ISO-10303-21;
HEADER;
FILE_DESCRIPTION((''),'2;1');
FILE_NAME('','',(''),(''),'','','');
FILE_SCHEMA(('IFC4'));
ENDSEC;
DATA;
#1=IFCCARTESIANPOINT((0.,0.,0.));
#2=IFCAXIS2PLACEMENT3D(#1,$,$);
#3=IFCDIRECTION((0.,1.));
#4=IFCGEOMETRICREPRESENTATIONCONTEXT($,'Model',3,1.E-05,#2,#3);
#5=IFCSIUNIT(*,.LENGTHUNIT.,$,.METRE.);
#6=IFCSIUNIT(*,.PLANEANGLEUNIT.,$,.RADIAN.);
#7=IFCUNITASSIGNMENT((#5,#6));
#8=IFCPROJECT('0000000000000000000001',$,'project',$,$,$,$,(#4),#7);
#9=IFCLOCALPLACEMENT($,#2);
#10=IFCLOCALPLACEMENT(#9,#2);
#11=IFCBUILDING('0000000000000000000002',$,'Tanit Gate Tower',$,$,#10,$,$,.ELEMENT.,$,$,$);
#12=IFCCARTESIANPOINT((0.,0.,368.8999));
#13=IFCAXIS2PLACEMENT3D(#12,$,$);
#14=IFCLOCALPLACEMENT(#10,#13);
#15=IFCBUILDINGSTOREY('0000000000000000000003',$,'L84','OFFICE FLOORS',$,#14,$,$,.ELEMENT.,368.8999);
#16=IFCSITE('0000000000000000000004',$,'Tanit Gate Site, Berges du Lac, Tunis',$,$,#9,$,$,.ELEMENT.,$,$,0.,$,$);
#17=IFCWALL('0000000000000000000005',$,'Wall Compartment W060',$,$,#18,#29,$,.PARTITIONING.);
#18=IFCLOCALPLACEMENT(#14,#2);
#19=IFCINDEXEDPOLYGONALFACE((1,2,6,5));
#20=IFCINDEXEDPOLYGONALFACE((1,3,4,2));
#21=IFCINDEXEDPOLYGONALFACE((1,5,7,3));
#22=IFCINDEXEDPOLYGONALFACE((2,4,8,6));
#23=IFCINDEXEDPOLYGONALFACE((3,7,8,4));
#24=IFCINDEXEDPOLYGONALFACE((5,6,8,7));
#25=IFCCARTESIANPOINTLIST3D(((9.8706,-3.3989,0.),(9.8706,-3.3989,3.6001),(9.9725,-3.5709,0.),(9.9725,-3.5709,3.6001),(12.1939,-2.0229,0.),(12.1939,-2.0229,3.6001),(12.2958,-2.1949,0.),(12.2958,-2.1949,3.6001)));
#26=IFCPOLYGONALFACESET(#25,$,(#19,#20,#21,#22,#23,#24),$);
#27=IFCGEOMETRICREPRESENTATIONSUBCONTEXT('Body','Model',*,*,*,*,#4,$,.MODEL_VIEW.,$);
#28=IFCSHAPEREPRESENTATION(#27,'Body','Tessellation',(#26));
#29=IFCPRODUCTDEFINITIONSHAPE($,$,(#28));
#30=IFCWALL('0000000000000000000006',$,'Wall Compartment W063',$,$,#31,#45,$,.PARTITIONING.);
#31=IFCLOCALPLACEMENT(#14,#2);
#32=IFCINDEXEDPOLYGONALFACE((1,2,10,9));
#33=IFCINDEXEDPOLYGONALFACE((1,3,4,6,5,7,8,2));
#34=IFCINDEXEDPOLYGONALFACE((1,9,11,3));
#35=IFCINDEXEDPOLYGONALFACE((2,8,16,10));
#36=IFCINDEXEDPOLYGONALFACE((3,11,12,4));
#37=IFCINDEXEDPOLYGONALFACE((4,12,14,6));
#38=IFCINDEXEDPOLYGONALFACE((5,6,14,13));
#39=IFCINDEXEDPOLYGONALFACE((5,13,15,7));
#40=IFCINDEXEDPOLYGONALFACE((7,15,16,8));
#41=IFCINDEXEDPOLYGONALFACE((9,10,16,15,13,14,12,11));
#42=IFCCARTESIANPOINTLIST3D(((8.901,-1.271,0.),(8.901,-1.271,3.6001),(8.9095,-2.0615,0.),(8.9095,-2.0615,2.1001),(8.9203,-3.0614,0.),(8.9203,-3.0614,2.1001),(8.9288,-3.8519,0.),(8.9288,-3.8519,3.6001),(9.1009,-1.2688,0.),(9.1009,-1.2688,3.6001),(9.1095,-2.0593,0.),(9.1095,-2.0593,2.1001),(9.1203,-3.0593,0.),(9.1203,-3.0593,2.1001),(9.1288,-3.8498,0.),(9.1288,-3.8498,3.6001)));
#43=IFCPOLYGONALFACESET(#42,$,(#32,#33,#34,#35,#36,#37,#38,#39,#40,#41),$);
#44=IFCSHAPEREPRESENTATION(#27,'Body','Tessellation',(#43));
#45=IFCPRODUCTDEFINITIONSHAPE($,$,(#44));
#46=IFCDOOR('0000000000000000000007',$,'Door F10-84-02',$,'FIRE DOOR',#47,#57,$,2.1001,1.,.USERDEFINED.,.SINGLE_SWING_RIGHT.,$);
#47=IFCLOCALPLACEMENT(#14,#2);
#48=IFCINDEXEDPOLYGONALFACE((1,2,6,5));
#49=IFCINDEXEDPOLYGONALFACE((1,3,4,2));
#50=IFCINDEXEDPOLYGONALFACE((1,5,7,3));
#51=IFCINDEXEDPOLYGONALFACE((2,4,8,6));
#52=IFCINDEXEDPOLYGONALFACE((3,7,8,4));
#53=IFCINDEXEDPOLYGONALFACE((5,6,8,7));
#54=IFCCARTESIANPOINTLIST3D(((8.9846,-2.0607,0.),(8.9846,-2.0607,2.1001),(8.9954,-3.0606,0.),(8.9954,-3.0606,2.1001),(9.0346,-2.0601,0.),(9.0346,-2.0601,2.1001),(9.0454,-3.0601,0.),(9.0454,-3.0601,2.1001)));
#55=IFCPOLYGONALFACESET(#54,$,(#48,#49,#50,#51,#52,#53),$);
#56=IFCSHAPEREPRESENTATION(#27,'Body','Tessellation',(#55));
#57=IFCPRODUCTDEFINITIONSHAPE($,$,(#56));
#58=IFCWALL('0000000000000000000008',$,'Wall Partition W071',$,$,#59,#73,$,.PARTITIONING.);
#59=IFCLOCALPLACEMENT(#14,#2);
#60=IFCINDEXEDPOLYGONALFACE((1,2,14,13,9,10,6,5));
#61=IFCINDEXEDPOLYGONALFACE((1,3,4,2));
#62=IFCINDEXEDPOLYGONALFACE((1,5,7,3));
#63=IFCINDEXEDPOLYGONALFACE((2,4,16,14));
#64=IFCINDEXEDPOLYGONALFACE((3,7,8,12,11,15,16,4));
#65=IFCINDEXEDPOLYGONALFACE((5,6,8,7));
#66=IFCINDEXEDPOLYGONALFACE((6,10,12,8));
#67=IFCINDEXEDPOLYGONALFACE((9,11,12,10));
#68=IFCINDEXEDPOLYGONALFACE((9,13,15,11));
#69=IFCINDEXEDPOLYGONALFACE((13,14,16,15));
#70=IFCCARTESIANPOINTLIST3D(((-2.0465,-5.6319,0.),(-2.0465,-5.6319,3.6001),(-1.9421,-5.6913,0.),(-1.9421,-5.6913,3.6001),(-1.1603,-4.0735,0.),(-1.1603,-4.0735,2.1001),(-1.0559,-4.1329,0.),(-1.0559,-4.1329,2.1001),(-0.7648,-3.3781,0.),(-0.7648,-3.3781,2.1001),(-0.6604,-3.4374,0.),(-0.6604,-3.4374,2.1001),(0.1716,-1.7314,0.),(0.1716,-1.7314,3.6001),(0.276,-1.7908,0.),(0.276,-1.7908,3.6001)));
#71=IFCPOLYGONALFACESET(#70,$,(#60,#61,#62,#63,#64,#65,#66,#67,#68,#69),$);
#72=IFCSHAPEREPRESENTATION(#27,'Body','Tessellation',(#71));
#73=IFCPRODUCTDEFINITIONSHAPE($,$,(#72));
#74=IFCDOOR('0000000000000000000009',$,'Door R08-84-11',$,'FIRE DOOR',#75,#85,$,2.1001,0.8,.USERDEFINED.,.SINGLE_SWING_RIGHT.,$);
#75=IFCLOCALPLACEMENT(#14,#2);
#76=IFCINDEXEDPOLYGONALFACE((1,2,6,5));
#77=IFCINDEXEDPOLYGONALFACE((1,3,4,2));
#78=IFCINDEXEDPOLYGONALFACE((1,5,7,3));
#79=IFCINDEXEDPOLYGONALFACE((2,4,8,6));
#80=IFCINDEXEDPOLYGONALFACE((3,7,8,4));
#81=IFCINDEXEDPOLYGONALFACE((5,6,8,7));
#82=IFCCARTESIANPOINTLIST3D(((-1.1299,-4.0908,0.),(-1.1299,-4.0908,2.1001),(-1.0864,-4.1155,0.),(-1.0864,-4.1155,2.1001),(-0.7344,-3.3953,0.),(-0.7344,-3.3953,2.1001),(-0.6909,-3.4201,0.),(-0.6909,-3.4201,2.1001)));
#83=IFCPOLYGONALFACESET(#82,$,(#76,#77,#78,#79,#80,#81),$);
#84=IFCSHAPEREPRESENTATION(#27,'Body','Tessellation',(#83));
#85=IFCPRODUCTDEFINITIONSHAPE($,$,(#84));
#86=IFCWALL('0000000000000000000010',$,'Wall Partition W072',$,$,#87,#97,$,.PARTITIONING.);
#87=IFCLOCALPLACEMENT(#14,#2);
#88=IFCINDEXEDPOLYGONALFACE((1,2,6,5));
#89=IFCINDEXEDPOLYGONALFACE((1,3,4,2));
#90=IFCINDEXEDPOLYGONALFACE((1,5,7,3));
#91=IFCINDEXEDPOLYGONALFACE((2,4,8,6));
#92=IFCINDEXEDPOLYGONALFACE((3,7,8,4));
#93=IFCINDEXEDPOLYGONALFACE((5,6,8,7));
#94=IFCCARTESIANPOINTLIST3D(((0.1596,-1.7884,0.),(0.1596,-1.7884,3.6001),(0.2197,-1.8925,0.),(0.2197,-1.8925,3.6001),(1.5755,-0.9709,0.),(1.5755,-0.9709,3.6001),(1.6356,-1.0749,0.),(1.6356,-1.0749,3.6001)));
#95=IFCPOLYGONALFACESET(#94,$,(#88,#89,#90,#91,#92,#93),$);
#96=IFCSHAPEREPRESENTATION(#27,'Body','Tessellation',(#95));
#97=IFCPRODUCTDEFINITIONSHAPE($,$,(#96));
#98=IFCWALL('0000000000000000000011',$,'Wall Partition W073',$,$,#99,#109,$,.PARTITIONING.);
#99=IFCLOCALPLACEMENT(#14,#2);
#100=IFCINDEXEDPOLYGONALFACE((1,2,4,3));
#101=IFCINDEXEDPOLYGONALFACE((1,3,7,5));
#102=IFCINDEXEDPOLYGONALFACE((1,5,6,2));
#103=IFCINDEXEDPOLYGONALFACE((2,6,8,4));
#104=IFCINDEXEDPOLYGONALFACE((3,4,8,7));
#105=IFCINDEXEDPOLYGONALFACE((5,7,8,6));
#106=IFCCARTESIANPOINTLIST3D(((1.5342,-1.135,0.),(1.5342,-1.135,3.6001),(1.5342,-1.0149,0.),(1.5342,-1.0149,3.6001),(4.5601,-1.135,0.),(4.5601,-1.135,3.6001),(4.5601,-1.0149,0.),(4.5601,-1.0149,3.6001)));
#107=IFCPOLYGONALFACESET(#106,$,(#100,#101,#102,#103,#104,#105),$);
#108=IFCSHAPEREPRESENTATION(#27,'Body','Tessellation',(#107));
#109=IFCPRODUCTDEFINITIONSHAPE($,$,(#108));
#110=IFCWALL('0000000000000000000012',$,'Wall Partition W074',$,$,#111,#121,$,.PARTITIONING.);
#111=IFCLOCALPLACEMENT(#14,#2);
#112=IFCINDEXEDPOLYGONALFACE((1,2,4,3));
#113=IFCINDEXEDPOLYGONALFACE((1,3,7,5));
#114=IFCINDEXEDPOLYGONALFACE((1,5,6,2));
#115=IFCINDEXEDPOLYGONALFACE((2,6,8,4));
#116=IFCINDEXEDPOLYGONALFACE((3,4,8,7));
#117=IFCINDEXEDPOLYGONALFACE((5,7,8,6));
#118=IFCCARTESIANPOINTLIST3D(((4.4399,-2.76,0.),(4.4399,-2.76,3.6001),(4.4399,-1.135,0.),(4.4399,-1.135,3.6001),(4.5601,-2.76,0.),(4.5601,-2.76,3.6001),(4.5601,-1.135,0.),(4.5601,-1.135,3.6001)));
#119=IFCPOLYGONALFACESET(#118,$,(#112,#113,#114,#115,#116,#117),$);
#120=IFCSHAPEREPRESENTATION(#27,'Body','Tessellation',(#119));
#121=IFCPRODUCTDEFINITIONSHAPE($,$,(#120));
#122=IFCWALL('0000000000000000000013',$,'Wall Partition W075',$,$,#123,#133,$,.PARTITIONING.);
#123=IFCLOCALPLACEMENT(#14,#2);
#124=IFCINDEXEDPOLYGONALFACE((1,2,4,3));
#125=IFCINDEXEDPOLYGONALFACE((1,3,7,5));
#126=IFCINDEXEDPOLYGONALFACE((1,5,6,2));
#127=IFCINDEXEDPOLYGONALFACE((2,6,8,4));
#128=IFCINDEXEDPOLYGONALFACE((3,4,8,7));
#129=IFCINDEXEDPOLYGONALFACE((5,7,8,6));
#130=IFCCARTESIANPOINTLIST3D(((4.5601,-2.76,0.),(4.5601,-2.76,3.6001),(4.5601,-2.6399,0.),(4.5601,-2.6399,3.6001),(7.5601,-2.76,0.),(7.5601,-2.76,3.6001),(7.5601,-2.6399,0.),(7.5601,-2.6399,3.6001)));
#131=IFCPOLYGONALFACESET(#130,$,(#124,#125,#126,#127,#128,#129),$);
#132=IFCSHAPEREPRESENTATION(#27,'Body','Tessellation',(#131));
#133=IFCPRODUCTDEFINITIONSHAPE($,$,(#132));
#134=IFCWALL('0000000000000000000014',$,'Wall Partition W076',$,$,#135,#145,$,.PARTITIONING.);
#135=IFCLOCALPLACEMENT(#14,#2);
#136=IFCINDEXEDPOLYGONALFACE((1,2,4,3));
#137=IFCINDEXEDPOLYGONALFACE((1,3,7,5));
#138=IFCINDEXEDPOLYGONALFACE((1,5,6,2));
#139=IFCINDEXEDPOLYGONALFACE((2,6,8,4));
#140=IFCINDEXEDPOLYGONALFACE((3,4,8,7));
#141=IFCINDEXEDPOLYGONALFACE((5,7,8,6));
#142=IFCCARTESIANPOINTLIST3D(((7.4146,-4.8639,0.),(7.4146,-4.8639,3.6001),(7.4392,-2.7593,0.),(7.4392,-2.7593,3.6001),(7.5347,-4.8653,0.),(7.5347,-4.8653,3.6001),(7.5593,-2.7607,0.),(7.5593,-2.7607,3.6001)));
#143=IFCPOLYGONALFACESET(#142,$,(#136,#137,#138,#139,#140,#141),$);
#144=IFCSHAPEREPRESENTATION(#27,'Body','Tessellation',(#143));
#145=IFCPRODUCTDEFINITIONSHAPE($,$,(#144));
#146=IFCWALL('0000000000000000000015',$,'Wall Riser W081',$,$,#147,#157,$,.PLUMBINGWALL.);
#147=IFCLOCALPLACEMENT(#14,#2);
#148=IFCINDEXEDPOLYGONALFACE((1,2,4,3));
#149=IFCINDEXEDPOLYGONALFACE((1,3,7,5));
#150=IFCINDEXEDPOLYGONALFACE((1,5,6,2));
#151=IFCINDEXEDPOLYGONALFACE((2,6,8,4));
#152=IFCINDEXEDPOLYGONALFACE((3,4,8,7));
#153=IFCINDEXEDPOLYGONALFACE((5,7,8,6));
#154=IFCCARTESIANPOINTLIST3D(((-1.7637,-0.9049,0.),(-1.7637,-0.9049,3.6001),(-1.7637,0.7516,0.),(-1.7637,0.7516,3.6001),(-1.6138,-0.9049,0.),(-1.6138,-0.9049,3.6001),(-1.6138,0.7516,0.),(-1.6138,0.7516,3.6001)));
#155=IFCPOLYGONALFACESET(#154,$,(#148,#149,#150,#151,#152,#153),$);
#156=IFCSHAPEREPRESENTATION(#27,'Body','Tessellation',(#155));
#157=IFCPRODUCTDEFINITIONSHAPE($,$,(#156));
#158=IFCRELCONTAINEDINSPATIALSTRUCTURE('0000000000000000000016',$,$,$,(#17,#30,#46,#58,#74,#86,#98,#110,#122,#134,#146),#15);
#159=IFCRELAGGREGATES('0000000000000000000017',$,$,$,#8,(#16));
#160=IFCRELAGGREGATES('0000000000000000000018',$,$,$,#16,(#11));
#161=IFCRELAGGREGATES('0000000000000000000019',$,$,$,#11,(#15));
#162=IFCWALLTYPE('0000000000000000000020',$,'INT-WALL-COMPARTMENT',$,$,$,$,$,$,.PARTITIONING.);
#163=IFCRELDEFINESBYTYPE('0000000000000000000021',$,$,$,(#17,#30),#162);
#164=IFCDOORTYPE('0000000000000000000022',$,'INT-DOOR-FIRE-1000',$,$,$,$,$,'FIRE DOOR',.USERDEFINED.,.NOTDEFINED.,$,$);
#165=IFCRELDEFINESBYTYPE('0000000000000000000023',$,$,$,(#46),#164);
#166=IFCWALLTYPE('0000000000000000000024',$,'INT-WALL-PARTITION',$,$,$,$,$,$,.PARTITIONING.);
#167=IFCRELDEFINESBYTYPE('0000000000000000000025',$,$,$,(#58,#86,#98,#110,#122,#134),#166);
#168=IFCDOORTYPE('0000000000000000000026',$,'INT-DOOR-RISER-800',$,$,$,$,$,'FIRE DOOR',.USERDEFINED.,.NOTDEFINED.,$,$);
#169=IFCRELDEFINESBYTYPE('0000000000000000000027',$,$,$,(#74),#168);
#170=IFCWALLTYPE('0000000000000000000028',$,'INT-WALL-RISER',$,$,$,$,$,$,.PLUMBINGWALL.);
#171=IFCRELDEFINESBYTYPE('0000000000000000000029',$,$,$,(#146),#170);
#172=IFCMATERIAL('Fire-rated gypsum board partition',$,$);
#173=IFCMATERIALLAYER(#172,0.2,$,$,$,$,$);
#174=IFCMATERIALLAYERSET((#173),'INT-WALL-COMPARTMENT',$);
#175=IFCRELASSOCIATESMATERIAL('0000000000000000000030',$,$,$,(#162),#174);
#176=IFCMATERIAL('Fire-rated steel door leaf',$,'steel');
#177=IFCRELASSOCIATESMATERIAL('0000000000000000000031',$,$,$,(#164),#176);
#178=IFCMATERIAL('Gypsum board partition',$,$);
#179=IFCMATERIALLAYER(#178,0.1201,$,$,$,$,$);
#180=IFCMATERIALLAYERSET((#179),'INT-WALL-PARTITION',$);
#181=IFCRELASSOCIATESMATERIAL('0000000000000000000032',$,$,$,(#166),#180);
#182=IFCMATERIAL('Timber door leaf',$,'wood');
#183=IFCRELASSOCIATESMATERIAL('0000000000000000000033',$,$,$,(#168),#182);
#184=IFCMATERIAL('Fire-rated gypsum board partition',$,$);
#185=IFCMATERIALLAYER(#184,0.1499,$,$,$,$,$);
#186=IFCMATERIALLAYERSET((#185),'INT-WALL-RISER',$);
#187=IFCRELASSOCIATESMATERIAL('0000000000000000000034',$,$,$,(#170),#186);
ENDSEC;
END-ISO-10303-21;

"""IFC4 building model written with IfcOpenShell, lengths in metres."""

from ifc_helpers import new_model, si_unit, direction, frame, frame_2d, origin, place, context, subcontext, project, spatial, rectangle, extrude, material, layer, layer_set, type_object, element, fill, save


model = new_model("IFC4")

# Units and contexts
model_context = context("Model", 3, precision=1e-05, world=origin(), true_north=direction((0.0, 1.0)))
body_context = subcontext(model_context, "Body", "Model", "MODEL_VIEW")
ifc_project = project(units=[si_unit("LENGTHUNIT", "METRE"), si_unit("PLANEANGLEUNIT", "RADIAN")], contexts=[model_context])

# Site, building, storey
site_placement = place(None, origin())
site = spatial("IfcSite", under=ifc_project, at=site_placement, Name="Tanit Gate Site, Berges du Lac, Tunis", CompositionType="ELEMENT", RefElevation=0.0)
building_placement = place(site_placement, origin())
building = spatial("IfcBuilding", under=site, at=building_placement, Name="Tanit Gate Tower", CompositionType="ELEMENT")
storey_placement = place(building_placement, frame((0.0, 0.0, 368.8999)))
storey = spatial("IfcBuildingStorey", under=building, at=storey_placement, Name="L84", Description="OFFICE FLOORS", CompositionType="ELEMENT", Elevation=368.8999)

# Wall
ifc_material_1 = material(Name="Fire-rated gypsum board partition")
ifc_layer_1 = layer(ifc_material_1, 0.2)
ifc_layer_set_1 = layer_set([ifc_layer_1], Name="INT-WALL-COMPARTMENT")
wall_type_1 = type_object("IfcWallType", Name="INT-WALL-COMPARTMENT", PredefinedType="PARTITIONING", material=ifc_layer_set_1)
wall_1_placement = place(storey_placement, frame((12.2449, -2.1089, 0.0), z_axis=(0.0, 0.0, 1.0), x_axis=(-0.860415, -0.509594, 0.0)))
element("IfcWall", 1, at=wall_1_placement, inside=storey, type_object=wall_type_1, Name="Wall Compartment W060", PredefinedType="PARTITIONING", context=body_context, shape_type="SweptSolid", body=[
    extrude(rectangle(XDim=2.7002, YDim=0.2, at=frame_2d((1.3501, 0.0))), origin(), (0.0, 0.0, 1.0), 3.6001),
])

# Walls, openings, doors
wall_2_placement = place(storey_placement, frame((9.0288, -3.8508, 0.0), z_axis=(0.0, 0.0, 1.0), x_axis=(-0.010784, 0.999942, 0.0)))
wall_2 = element("IfcWall", 2, at=wall_2_placement, inside=storey, type_object=wall_type_1, Name="Wall Compartment W063", PredefinedType="PARTITIONING", context=body_context, shape_type="SweptSolid", body=[
    extrude(rectangle(XDim=2.5811, YDim=0.2, at=frame_2d((1.2905, 0.0))), origin(), (0.0, 0.0, 1.0), 3.6001),
])
opening_1_placement = place(wall_2_placement, frame((0.7905, 0.0, 0.0)))
opening_1 = element("IfcOpeningElement", 3, at=opening_1_placement, cuts=wall_2, PredefinedType="OPENING", context=body_context, shape_type="SweptSolid", body=[
    extrude(rectangle(XDim=1.0, YDim=2.1001, at=frame_2d((0.5, 1.05))), frame((0.0, 0.1099, 0.0), z_axis=(0.0, -1.0, 0.0), x_axis=(1.0, 0.0, 0.0)), (0.0, 0.0, 1.0), 0.22),
])
ifc_material_2 = material(Name="Fire-rated steel door leaf", Category="steel")
door_type_1 = type_object("IfcDoorType", Name="INT-DOOR-FIRE-1000", ElementType="FIRE DOOR", OperationType="NOTDEFINED", PredefinedType="USERDEFINED", material=ifc_material_2)
door_1_placement = place(opening_1_placement, origin())
door_1 = element("IfcDoor", 4, at=door_1_placement, inside=storey, type_object=door_type_1, Name="Door F10-84-02", ObjectType="FIRE DOOR", OperationType="SINGLE_SWING_RIGHT", OverallHeight=2.1001, OverallWidth=1.0, PredefinedType="USERDEFINED", context=body_context, shape_type="SweptSolid", body=[
    extrude(rectangle(XDim=1.0, YDim=2.1001, at=frame_2d((0.5, 1.05))), frame((0.0, 0.0249, 0.0), z_axis=(0.0, -1.0, 0.0), x_axis=(1.0, 0.0, 0.0)), (0.0, 0.0, 1.0), 0.05),
])
fill(opening_1, door_1)
ifc_material_3 = material(Name="Gypsum board partition")
ifc_layer_2 = layer(ifc_material_3, 0.1201)
ifc_layer_set_2 = layer_set([ifc_layer_2], Name="INT-WALL-PARTITION")
wall_type_2 = type_object("IfcWallType", Name="INT-WALL-PARTITION", PredefinedType="PARTITIONING", material=ifc_layer_set_2)
wall_3_placement = place(storey_placement, frame((0.2239, -1.761, 0.0), z_axis=(0.0, 0.0, 1.0), x_axis=(-0.494327, -0.869276, 0.0)))
wall_3 = element("IfcWall", 5, at=wall_3_placement, inside=storey, type_object=wall_type_2, Name="Wall Partition W071", PredefinedType="PARTITIONING", context=body_context, shape_type="SweptSolid", body=[
    extrude(rectangle(XDim=4.4871, YDim=0.1201, at=frame_2d((2.2437, 0.0))), origin(), (0.0, 0.0, 1.0), 3.6001),
])
opening_2_placement = place(wall_3_placement, frame((1.8945, 0.0, 0.0)))
opening_2 = element("IfcOpeningElement", 6, at=opening_2_placement, cuts=wall_3, PredefinedType="OPENING", context=body_context, shape_type="SweptSolid", body=[
    extrude(rectangle(XDim=0.8, YDim=2.1001, at=frame_2d((0.3999, 1.05))), frame((0.0, 0.0701, 0.0), z_axis=(0.0, -1.0, 0.0), x_axis=(1.0, 0.0, 0.0)), (0.0, 0.0, 1.0), 0.1401),
])
ifc_material_4 = material(Name="Timber door leaf", Category="wood")
door_type_2 = type_object("IfcDoorType", Name="INT-DOOR-RISER-800", ElementType="FIRE DOOR", OperationType="NOTDEFINED", PredefinedType="USERDEFINED", material=ifc_material_4)
door_2_placement = place(opening_2_placement, origin())
door_2 = element("IfcDoor", 7, at=door_2_placement, inside=storey, type_object=door_type_2, Name="Door R08-84-11", ObjectType="FIRE DOOR", OperationType="SINGLE_SWING_RIGHT", OverallHeight=2.1001, OverallWidth=0.8, PredefinedType="USERDEFINED", context=body_context, shape_type="SweptSolid", body=[
    extrude(rectangle(XDim=0.8, YDim=2.1001, at=frame_2d((0.3999, 1.05))), frame((0.0, 0.0249, 0.0), z_axis=(0.0, -1.0, 0.0), x_axis=(1.0, 0.0, 0.0)), (0.0, 0.0, 1.0), 0.05),
])
fill(opening_2, door_2)

# Walls
wall_4_placement = place(storey_placement, frame((1.6055, -1.0229, 0.0), z_axis=(0.0, 0.0, 1.0), x_axis=(-0.866002, -0.500041, 0.0)))
element("IfcWall", 8, at=wall_4_placement, inside=storey, type_object=wall_type_2, Name="Wall Partition W072", PredefinedType="PARTITIONING", context=body_context, shape_type="SweptSolid", body=[
    extrude(rectangle(XDim=1.635, YDim=0.1201, at=frame_2d((0.8174, 0.0))), origin(), (0.0, 0.0, 1.0), 3.6001),
])
wall_5_placement = place(storey_placement, frame((4.5601, -1.075, 0.0), z_axis=(0.0, 0.0, 1.0), x_axis=(-1.0, 0.0, 0.0)))
element("IfcWall", 9, at=wall_5_placement, inside=storey, type_object=wall_type_2, Name="Wall Partition W073", PredefinedType="PARTITIONING", context=body_context, shape_type="SweptSolid", body=[
    extrude(rectangle(XDim=3.0259, YDim=0.1201, at=frame_2d((1.5129, 0.0))), origin(), (0.0, 0.0, 1.0), 3.6001),
])
wall_6_placement = place(storey_placement, frame((4.5, -2.76, 0.0), z_axis=(0.0, 0.0, 1.0), x_axis=(0.0, 1.0, 0.0)))
element("IfcWall", 10, at=wall_6_placement, inside=storey, type_object=wall_type_2, Name="Wall Partition W074", PredefinedType="PARTITIONING", context=body_context, shape_type="SweptSolid", body=[
    extrude(rectangle(XDim=1.625, YDim=0.1201, at=frame_2d((0.8125, 0.0))), origin(), (0.0, 0.0, 1.0), 3.6001),
])
wall_7_placement = place(storey_placement, frame((7.5601, -2.7, 0.0), z_axis=(0.0, 0.0, 1.0), x_axis=(-1.0, 0.0, 0.0)))
element("IfcWall", 11, at=wall_7_placement, inside=storey, type_object=wall_type_2, Name="Wall Partition W075", PredefinedType="PARTITIONING", context=body_context, shape_type="SweptSolid", body=[
    extrude(rectangle(XDim=3.0, YDim=0.1201, at=frame_2d((1.5, 0.0))), origin(), (0.0, 0.0, 1.0), 3.6001),
])
wall_8_placement = place(storey_placement, frame((7.4746, -4.8645, 0.0), z_axis=(0.0, 0.0, 1.0), x_axis=(0.011716, 0.999931, 0.0)))
element("IfcWall", 12, at=wall_8_placement, inside=storey, type_object=wall_type_2, Name="Wall Partition W076", PredefinedType="PARTITIONING", context=body_context, shape_type="SweptSolid", body=[
    extrude(rectangle(XDim=2.1047, YDim=0.1201, at=frame_2d((1.0522, 0.0))), origin(), (0.0, 0.0, 1.0), 3.6001),
])
ifc_material_5 = material(Name="Fire-rated gypsum board partition")
ifc_layer_3 = layer(ifc_material_5, 0.1499)
ifc_layer_set_3 = layer_set([ifc_layer_3], Name="INT-WALL-RISER")
wall_type_3 = type_object("IfcWallType", Name="INT-WALL-RISER", PredefinedType="PLUMBINGWALL", material=ifc_layer_set_3)
wall_9_placement = place(storey_placement, frame((-1.6887, -0.9048, 0.0), z_axis=(0.0, 0.0, 1.0), x_axis=(0.0, 1.0, 0.0)))
element("IfcWall", 13, at=wall_9_placement, inside=storey, type_object=wall_type_3, Name="Wall Riser W081", PredefinedType="PLUMBINGWALL", context=body_context, shape_type="SweptSolid", body=[
    extrude(rectangle(XDim=1.6565, YDim=0.1499, at=frame_2d((0.8281, 0.0))), origin(), (0.0, 0.0, 1.0), 3.6001),
])

save(model, "model.ifc")
